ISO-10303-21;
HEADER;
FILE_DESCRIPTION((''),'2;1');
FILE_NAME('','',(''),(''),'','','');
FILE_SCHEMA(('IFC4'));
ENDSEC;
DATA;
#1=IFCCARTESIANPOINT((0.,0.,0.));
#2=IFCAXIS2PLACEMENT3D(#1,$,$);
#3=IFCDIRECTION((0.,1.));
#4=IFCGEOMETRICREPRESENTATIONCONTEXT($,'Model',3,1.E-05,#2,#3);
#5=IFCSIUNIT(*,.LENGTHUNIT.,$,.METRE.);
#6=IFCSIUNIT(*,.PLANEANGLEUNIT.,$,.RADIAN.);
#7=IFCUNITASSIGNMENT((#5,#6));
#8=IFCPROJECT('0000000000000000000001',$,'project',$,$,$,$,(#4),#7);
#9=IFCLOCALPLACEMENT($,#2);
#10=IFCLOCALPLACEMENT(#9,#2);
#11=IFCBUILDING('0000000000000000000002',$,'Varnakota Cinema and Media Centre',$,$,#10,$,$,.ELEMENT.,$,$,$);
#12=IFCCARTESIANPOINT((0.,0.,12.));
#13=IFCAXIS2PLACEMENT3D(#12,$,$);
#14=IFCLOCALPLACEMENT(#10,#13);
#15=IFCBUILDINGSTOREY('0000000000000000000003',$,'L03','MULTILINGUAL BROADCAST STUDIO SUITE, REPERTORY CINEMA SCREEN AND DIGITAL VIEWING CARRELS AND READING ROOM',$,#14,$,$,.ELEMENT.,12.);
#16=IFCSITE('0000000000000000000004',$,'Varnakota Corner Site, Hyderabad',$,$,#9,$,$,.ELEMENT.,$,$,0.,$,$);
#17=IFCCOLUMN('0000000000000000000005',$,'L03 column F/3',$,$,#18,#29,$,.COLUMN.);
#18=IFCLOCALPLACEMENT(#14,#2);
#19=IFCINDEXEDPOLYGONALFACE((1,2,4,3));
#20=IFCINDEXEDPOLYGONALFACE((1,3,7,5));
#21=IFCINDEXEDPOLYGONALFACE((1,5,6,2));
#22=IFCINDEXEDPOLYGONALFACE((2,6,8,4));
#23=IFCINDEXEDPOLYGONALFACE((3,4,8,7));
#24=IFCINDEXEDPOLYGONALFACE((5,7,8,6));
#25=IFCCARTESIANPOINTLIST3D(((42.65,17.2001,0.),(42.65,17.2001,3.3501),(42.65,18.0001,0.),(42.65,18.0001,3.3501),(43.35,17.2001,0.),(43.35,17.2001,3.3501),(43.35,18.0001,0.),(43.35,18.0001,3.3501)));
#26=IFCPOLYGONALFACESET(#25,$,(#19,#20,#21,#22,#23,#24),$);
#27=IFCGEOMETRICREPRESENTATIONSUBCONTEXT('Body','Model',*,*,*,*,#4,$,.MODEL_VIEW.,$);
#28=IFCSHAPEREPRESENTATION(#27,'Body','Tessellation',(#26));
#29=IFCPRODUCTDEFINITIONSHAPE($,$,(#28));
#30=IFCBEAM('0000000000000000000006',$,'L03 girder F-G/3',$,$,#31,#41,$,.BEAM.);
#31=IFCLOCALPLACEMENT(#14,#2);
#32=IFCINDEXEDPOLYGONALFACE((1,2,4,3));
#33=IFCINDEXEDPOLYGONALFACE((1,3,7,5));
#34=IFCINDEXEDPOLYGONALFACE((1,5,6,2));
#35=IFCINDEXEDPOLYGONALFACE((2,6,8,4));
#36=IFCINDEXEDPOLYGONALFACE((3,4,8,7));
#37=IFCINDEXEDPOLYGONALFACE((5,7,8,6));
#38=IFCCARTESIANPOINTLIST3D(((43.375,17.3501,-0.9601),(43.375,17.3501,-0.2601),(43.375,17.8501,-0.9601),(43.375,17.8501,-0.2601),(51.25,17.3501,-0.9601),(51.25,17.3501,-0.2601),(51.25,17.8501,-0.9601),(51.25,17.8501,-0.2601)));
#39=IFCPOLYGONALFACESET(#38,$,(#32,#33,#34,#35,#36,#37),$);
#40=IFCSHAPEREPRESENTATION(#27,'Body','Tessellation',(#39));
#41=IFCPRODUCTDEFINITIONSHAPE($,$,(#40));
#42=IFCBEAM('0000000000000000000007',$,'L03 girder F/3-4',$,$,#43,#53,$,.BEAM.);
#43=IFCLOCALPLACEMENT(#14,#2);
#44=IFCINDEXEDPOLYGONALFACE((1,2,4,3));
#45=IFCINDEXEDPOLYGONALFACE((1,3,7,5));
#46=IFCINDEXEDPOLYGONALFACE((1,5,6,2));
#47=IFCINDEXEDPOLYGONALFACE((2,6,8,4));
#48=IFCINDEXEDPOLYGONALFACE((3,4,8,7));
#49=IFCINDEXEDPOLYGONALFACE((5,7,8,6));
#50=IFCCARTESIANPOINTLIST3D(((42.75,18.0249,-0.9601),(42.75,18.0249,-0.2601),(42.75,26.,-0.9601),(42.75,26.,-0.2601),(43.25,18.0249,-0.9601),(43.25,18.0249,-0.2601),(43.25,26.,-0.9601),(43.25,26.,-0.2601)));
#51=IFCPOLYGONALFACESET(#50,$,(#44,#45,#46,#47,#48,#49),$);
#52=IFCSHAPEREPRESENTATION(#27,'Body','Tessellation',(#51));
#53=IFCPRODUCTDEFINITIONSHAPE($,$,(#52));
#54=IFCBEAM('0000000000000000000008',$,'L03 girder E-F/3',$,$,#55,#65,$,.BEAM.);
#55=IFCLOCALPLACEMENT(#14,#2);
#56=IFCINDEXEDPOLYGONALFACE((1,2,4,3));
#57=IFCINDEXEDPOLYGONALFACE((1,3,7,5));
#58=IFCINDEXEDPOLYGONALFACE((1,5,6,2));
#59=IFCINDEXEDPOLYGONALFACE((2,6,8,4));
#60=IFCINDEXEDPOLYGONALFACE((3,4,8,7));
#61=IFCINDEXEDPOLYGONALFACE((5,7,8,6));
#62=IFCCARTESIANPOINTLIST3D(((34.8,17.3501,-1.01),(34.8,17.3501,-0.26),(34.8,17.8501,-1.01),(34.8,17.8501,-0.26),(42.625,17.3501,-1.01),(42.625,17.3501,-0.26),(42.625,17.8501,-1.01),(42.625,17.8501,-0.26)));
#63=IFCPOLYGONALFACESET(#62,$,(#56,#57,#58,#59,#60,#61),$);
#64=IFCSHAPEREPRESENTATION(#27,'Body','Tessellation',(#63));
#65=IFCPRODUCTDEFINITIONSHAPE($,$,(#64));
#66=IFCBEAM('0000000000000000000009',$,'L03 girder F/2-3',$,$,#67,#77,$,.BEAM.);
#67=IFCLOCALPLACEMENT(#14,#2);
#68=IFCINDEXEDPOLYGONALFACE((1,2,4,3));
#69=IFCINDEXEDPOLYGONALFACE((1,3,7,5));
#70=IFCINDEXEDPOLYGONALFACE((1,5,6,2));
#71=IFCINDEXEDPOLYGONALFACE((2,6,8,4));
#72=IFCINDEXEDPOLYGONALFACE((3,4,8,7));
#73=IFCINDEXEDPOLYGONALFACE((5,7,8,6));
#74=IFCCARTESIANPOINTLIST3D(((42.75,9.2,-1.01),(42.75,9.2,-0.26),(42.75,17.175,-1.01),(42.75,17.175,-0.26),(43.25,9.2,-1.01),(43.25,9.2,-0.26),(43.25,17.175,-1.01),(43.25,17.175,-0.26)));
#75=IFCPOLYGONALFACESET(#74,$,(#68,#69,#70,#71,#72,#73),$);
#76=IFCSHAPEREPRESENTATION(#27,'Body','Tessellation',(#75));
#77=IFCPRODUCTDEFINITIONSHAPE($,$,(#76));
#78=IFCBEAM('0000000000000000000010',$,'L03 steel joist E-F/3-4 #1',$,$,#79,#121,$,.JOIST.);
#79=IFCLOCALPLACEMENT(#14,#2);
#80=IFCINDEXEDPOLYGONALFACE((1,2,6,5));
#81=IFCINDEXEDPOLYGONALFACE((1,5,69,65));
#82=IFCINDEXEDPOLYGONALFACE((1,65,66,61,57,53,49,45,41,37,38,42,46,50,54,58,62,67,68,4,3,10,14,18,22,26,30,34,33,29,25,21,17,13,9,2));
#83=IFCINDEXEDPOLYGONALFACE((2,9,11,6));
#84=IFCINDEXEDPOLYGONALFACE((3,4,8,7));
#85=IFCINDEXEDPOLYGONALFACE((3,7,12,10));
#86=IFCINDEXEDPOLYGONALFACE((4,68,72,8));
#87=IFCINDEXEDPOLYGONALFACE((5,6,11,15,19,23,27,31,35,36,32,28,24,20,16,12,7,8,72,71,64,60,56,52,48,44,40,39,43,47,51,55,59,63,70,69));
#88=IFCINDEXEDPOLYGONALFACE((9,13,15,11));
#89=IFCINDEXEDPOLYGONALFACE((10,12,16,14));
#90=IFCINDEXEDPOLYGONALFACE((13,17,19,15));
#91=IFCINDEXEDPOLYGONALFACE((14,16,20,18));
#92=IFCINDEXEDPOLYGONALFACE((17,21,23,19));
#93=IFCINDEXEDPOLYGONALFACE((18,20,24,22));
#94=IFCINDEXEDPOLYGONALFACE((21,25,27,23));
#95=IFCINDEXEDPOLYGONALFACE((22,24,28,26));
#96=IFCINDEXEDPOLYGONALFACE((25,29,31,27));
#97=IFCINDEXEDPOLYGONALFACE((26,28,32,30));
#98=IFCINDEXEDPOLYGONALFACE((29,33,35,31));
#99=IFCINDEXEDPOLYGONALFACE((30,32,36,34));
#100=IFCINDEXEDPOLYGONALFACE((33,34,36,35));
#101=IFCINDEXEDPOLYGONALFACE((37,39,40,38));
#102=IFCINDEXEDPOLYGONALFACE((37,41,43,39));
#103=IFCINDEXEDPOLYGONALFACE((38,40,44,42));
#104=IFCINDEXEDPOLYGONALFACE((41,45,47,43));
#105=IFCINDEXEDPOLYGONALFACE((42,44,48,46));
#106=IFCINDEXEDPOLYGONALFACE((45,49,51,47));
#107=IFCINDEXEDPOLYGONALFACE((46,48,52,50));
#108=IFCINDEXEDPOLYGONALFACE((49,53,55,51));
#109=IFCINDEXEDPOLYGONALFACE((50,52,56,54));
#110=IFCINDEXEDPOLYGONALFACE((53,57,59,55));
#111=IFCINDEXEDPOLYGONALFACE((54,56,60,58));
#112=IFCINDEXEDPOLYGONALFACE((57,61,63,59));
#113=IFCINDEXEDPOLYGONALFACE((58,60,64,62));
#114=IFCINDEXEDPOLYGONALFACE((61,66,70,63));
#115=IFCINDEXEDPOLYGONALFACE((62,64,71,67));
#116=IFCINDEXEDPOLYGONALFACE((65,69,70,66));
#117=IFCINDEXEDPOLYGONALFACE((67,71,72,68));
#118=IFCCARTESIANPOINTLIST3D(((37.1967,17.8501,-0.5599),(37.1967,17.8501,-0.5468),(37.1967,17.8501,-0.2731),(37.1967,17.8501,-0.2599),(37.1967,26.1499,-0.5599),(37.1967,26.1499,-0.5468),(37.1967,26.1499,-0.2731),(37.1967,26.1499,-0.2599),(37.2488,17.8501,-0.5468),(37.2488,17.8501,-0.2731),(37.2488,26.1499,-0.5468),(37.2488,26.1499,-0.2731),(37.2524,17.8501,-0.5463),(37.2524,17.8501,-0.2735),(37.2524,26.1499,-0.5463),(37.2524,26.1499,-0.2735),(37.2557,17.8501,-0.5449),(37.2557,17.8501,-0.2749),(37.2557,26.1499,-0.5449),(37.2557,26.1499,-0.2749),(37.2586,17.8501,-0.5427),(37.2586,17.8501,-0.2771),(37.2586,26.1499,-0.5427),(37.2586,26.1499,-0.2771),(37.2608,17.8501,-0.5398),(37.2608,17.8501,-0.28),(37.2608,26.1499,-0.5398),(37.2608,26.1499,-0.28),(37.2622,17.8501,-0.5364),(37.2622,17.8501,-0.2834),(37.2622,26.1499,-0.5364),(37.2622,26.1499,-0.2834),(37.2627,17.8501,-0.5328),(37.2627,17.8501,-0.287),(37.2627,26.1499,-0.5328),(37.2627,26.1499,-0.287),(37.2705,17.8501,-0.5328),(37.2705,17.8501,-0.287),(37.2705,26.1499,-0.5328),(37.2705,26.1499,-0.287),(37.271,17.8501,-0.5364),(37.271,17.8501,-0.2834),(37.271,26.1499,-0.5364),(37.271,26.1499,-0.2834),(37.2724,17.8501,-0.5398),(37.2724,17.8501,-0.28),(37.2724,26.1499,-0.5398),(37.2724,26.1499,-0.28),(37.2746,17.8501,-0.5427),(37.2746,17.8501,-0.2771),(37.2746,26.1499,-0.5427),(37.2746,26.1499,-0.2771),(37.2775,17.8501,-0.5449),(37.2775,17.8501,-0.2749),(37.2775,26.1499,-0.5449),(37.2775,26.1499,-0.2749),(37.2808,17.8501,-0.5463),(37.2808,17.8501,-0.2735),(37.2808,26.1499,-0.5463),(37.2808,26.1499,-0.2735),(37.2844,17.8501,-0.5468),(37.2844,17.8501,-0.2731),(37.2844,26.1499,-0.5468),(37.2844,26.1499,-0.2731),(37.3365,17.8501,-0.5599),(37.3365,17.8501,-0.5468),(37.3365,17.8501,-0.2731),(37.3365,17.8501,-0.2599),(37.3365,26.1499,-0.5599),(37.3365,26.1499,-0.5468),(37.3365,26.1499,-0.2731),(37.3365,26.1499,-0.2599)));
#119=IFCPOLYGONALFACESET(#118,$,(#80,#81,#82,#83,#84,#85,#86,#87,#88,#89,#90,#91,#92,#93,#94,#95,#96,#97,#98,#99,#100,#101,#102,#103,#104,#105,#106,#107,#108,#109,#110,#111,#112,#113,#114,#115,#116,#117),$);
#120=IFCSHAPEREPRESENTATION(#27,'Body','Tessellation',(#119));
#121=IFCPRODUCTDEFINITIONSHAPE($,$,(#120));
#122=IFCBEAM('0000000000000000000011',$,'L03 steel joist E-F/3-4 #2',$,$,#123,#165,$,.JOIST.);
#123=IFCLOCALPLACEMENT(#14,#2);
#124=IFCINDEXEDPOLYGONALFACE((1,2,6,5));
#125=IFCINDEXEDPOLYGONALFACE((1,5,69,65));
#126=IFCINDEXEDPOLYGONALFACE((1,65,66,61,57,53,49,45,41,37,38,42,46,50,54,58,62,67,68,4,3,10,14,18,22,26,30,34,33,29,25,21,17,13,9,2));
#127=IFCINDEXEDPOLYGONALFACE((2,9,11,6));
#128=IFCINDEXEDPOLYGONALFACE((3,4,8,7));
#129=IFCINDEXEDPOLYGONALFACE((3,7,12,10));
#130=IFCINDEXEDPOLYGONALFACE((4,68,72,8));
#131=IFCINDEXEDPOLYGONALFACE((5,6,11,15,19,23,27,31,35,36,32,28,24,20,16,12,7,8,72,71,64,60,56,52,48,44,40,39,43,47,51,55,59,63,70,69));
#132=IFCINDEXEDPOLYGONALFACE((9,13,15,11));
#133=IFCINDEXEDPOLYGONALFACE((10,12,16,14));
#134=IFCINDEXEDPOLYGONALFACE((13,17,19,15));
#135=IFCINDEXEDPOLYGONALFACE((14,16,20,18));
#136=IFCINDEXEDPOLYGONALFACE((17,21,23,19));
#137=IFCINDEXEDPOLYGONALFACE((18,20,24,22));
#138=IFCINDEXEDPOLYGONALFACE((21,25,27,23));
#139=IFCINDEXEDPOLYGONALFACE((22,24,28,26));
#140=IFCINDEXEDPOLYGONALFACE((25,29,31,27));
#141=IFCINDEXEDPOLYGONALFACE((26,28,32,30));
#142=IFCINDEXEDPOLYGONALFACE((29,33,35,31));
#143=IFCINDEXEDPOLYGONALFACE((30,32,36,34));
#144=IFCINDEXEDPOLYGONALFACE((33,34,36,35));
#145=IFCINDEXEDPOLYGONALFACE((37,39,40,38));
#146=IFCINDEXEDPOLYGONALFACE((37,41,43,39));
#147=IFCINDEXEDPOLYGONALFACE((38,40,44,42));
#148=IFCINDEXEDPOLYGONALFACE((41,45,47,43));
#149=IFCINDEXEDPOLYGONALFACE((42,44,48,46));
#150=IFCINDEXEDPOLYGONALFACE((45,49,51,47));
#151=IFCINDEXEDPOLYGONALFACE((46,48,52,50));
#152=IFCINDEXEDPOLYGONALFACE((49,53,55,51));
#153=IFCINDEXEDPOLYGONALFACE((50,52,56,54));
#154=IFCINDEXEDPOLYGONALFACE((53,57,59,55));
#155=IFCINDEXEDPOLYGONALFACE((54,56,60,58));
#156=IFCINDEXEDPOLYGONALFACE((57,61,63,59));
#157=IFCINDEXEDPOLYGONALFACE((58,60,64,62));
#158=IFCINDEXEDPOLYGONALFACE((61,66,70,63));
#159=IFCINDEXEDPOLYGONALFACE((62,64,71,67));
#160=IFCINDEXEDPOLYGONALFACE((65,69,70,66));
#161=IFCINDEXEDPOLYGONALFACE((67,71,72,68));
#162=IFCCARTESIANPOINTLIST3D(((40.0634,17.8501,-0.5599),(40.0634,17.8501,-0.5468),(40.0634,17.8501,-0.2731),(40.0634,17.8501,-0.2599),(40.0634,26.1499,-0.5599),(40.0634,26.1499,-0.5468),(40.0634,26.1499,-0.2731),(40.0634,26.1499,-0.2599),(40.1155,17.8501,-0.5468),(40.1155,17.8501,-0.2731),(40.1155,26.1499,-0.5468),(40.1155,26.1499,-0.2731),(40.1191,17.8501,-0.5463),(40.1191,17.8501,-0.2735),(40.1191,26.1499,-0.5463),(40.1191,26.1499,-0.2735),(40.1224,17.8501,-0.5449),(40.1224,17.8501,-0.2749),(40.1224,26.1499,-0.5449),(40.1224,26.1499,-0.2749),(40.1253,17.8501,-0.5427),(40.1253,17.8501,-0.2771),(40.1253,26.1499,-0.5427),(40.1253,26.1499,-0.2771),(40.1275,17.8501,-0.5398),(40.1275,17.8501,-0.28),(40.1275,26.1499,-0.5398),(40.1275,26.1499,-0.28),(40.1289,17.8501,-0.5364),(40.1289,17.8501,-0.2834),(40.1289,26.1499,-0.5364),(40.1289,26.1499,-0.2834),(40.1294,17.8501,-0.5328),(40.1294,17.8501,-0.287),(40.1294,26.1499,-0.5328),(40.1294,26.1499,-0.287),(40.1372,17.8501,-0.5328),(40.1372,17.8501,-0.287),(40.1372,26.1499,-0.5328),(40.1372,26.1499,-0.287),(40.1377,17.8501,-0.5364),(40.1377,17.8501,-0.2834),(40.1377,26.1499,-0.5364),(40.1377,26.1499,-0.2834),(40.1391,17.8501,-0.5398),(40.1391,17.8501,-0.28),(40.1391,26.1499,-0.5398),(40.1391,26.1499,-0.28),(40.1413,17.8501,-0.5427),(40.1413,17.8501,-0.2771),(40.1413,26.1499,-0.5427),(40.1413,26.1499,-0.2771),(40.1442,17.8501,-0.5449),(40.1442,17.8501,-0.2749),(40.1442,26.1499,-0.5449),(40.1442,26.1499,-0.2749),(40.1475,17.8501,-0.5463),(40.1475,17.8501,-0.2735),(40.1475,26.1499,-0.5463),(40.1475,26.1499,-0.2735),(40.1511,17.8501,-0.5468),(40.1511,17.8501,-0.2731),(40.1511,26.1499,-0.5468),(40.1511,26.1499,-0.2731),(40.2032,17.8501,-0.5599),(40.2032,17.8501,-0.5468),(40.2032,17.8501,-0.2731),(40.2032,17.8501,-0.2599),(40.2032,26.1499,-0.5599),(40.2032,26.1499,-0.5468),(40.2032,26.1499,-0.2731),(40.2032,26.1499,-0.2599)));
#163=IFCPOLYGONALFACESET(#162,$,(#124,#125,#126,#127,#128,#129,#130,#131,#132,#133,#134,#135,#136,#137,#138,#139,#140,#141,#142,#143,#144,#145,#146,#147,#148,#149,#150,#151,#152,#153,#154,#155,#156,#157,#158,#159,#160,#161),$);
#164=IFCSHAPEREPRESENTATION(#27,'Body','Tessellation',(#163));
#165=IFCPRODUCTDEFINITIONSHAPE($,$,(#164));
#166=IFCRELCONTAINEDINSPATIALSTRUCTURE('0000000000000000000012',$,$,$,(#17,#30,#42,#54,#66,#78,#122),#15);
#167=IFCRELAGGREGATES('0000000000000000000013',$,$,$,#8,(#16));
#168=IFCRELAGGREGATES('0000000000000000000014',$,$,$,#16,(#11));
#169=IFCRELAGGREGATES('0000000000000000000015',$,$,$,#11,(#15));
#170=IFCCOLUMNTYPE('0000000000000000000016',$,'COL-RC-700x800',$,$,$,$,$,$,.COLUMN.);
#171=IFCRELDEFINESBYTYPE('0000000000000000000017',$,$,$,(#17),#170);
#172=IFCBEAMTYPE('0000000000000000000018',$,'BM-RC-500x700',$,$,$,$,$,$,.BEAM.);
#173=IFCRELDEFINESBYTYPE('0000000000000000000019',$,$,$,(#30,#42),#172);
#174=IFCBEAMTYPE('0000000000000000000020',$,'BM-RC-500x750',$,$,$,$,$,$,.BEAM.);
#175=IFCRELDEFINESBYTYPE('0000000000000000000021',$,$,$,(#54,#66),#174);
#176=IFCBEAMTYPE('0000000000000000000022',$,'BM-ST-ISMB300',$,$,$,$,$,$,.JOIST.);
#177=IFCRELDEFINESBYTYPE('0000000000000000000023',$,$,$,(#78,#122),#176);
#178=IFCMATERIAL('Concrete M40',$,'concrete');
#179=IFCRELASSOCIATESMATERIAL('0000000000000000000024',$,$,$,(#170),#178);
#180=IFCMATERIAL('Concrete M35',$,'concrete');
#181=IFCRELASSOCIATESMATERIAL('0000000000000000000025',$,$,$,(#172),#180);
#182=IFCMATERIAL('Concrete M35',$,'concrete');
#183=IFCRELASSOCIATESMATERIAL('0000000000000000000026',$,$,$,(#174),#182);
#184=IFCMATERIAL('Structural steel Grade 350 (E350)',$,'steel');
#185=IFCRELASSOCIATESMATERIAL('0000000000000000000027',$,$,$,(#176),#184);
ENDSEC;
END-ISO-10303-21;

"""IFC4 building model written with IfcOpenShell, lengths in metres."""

from ifc_helpers import new_model, si_unit, direction, frame, origin, origin_2d, place, context, subcontext, project, spatial, rectangle, i_section, extrude, material, material_profile, profile_set, type_object, element, save


model = new_model("IFC4")

# Units and contexts
model_context = context("Model", 3, precision=1e-05, world=origin(), true_north=direction((0.0, 1.0)))
body_context = subcontext(model_context, "Body", "Model", "MODEL_VIEW")
ifc_project = project(units=[si_unit("LENGTHUNIT", "METRE"), si_unit("PLANEANGLEUNIT", "RADIAN")], contexts=[model_context])

# Site, building, storey
site_placement = place(None, origin())
site = spatial("IfcSite", under=ifc_project, at=site_placement, Name="Varnakota Corner Site, Hyderabad", CompositionType="ELEMENT", RefElevation=0.0)
building_placement = place(site_placement, origin())
building = spatial("IfcBuilding", under=site, at=building_placement, Name="Varnakota Cinema and Media Centre", CompositionType="ELEMENT")
storey_placement = place(building_placement, frame((0.0, 0.0, 12.0)))
storey = spatial("IfcBuildingStorey", under=building, at=storey_placement, Name="L03", Description="MULTILINGUAL BROADCAST STUDIO SUITE, REPERTORY CINEMA SCREEN AND DIGITAL VIEWING CARRELS AND READING ROOM", CompositionType="ELEMENT", Elevation=12.0)

# Column
ifc_material_1 = material(Name="Concrete M40", Category="concrete")
ifc_material_profile_1 = material_profile(ifc_material_1, rectangle(XDim=0.7, YDim=0.8, at=origin_2d()), Name="RC 700x800")
ifc_profile_set_1 = profile_set([ifc_material_profile_1], Name="Concrete M40")
column_type = type_object("IfcColumnType", Name="COL-RC-700x800", PredefinedType="COLUMN", material=ifc_profile_set_1)
column_placement = place(storey_placement, frame((43.0, 17.6001, 0.0), z_axis=(0.0, 0.0, 1.0), x_axis=(1.0, 0.0, 0.0)))
element("IfcColumn", 1, at=column_placement, inside=storey, type_object=column_type, Name="L03 column F/3", PredefinedType="COLUMN", context=body_context, shape_type="SweptSolid", body=[
    extrude(rectangle(XDim=0.7, YDim=0.8, at=origin_2d()), origin(), (0.0, 0.0, 1.0), 3.3501),
])

# Beams
ifc_material_2 = material(Name="Concrete M35", Category="concrete")
ifc_material_profile_2 = material_profile(ifc_material_2, rectangle(XDim=0.5, YDim=0.7, at=origin_2d()), Name="RCB 500x700")
ifc_profile_set_2 = profile_set([ifc_material_profile_2], Name="Concrete M35")
beam_type_1 = type_object("IfcBeamType", Name="BM-RC-500x700", PredefinedType="BEAM", material=ifc_profile_set_2)
beam_1_placement = place(storey_placement, frame((43.375, 17.6001, -0.6101), z_axis=(1.0, 0.0, 0.0), x_axis=(0.0, 1.0, 0.0)))
element("IfcBeam", 2, at=beam_1_placement, inside=storey, type_object=beam_type_1, Name="L03 girder F-G/3", PredefinedType="BEAM", context=body_context, shape_type="SweptSolid", body=[
    extrude(rectangle(XDim=0.5, YDim=0.7, at=origin_2d()), origin(), (0.0, 0.0, 1.0), 7.875),
])
beam_2_placement = place(storey_placement, frame((43.0, 18.0249, -0.6101), z_axis=(0.0, 1.0, 0.0), x_axis=(-1.0, 0.0, 0.0)))
element("IfcBeam", 3, at=beam_2_placement, inside=storey, type_object=beam_type_1, Name="L03 girder F/3-4", PredefinedType="BEAM", context=body_context, shape_type="SweptSolid", body=[
    extrude(rectangle(XDim=0.5, YDim=0.7, at=origin_2d()), origin(), (0.0, 0.0, 1.0), 7.9751),
])
ifc_material_3 = material(Name="Concrete M35", Category="concrete")
ifc_material_profile_3 = material_profile(ifc_material_3, rectangle(XDim=0.5, YDim=0.75, at=origin_2d()), Name="RCB 500x750")
ifc_profile_set_3 = profile_set([ifc_material_profile_3], Name="Concrete M35")
beam_type_2 = type_object("IfcBeamType", Name="BM-RC-500x750", PredefinedType="BEAM", material=ifc_profile_set_3)
beam_3_placement = place(storey_placement, frame((34.8, 17.6001, -0.635), z_axis=(1.0, 0.0, 0.0), x_axis=(0.0, 1.0, 0.0)))
element("IfcBeam", 4, at=beam_3_placement, inside=storey, type_object=beam_type_2, Name="L03 girder E-F/3", PredefinedType="BEAM", context=body_context, shape_type="SweptSolid", body=[
    extrude(rectangle(XDim=0.5, YDim=0.75, at=origin_2d()), origin(), (0.0, 0.0, 1.0), 7.825),
])
beam_4_placement = place(storey_placement, frame((43.0, 9.2, -0.635), z_axis=(0.0, 1.0, 0.0), x_axis=(-1.0, 0.0, 0.0)))
element("IfcBeam", 5, at=beam_4_placement, inside=storey, type_object=beam_type_2, Name="L03 girder F/2-3", PredefinedType="BEAM", context=body_context, shape_type="SweptSolid", body=[
    extrude(rectangle(XDim=0.5, YDim=0.75, at=origin_2d()), origin(), (0.0, 0.0, 1.0), 7.9751),
])
ifc_material_4 = material(Name="Structural steel Grade 350 (E350)", Category="steel")
ifc_material_profile_4 = material_profile(ifc_material_4, i_section(OverallWidth=0.1399, OverallDepth=0.3, WebThickness=0.0078, FlangeThickness=0.0132, FilletRadius=0.0139, at=origin_2d()), Name="ISMB 300")
ifc_profile_set_4 = profile_set([ifc_material_profile_4], Name="Structural steel Grade 350 (E350)")
beam_type_3 = type_object("IfcBeamType", Name="BM-ST-ISMB300", PredefinedType="JOIST", material=ifc_profile_set_4)
for number, where, z_axis, x_axis, name in (
    (6, (37.2666, 17.8501, -0.4099), (0.0, 1.0, 0.0), (-1.0, 0.0, 0.0), "L03 steel joist E-F/3-4 #1"),
    (7, (40.1333, 17.8501, -0.4099), (0.0, 1.0, 0.0), (-1.0, 0.0, 0.0), "L03 steel joist E-F/3-4 #2"),
):
    element("IfcBeam", number, at=place(storey_placement, frame(where, z_axis=z_axis, x_axis=x_axis)), inside=storey, type_object=beam_type_3, Name=name, PredefinedType="JOIST", context=body_context, shape_type="SweptSolid", body=[
        extrude(i_section(OverallWidth=0.1399, OverallDepth=0.3, WebThickness=0.0078, FlangeThickness=0.0132, FilletRadius=0.0139, at=origin_2d()), origin(), (0.0, 0.0, 1.0), 8.2998),
    ])

save(model, "model.ifc")
